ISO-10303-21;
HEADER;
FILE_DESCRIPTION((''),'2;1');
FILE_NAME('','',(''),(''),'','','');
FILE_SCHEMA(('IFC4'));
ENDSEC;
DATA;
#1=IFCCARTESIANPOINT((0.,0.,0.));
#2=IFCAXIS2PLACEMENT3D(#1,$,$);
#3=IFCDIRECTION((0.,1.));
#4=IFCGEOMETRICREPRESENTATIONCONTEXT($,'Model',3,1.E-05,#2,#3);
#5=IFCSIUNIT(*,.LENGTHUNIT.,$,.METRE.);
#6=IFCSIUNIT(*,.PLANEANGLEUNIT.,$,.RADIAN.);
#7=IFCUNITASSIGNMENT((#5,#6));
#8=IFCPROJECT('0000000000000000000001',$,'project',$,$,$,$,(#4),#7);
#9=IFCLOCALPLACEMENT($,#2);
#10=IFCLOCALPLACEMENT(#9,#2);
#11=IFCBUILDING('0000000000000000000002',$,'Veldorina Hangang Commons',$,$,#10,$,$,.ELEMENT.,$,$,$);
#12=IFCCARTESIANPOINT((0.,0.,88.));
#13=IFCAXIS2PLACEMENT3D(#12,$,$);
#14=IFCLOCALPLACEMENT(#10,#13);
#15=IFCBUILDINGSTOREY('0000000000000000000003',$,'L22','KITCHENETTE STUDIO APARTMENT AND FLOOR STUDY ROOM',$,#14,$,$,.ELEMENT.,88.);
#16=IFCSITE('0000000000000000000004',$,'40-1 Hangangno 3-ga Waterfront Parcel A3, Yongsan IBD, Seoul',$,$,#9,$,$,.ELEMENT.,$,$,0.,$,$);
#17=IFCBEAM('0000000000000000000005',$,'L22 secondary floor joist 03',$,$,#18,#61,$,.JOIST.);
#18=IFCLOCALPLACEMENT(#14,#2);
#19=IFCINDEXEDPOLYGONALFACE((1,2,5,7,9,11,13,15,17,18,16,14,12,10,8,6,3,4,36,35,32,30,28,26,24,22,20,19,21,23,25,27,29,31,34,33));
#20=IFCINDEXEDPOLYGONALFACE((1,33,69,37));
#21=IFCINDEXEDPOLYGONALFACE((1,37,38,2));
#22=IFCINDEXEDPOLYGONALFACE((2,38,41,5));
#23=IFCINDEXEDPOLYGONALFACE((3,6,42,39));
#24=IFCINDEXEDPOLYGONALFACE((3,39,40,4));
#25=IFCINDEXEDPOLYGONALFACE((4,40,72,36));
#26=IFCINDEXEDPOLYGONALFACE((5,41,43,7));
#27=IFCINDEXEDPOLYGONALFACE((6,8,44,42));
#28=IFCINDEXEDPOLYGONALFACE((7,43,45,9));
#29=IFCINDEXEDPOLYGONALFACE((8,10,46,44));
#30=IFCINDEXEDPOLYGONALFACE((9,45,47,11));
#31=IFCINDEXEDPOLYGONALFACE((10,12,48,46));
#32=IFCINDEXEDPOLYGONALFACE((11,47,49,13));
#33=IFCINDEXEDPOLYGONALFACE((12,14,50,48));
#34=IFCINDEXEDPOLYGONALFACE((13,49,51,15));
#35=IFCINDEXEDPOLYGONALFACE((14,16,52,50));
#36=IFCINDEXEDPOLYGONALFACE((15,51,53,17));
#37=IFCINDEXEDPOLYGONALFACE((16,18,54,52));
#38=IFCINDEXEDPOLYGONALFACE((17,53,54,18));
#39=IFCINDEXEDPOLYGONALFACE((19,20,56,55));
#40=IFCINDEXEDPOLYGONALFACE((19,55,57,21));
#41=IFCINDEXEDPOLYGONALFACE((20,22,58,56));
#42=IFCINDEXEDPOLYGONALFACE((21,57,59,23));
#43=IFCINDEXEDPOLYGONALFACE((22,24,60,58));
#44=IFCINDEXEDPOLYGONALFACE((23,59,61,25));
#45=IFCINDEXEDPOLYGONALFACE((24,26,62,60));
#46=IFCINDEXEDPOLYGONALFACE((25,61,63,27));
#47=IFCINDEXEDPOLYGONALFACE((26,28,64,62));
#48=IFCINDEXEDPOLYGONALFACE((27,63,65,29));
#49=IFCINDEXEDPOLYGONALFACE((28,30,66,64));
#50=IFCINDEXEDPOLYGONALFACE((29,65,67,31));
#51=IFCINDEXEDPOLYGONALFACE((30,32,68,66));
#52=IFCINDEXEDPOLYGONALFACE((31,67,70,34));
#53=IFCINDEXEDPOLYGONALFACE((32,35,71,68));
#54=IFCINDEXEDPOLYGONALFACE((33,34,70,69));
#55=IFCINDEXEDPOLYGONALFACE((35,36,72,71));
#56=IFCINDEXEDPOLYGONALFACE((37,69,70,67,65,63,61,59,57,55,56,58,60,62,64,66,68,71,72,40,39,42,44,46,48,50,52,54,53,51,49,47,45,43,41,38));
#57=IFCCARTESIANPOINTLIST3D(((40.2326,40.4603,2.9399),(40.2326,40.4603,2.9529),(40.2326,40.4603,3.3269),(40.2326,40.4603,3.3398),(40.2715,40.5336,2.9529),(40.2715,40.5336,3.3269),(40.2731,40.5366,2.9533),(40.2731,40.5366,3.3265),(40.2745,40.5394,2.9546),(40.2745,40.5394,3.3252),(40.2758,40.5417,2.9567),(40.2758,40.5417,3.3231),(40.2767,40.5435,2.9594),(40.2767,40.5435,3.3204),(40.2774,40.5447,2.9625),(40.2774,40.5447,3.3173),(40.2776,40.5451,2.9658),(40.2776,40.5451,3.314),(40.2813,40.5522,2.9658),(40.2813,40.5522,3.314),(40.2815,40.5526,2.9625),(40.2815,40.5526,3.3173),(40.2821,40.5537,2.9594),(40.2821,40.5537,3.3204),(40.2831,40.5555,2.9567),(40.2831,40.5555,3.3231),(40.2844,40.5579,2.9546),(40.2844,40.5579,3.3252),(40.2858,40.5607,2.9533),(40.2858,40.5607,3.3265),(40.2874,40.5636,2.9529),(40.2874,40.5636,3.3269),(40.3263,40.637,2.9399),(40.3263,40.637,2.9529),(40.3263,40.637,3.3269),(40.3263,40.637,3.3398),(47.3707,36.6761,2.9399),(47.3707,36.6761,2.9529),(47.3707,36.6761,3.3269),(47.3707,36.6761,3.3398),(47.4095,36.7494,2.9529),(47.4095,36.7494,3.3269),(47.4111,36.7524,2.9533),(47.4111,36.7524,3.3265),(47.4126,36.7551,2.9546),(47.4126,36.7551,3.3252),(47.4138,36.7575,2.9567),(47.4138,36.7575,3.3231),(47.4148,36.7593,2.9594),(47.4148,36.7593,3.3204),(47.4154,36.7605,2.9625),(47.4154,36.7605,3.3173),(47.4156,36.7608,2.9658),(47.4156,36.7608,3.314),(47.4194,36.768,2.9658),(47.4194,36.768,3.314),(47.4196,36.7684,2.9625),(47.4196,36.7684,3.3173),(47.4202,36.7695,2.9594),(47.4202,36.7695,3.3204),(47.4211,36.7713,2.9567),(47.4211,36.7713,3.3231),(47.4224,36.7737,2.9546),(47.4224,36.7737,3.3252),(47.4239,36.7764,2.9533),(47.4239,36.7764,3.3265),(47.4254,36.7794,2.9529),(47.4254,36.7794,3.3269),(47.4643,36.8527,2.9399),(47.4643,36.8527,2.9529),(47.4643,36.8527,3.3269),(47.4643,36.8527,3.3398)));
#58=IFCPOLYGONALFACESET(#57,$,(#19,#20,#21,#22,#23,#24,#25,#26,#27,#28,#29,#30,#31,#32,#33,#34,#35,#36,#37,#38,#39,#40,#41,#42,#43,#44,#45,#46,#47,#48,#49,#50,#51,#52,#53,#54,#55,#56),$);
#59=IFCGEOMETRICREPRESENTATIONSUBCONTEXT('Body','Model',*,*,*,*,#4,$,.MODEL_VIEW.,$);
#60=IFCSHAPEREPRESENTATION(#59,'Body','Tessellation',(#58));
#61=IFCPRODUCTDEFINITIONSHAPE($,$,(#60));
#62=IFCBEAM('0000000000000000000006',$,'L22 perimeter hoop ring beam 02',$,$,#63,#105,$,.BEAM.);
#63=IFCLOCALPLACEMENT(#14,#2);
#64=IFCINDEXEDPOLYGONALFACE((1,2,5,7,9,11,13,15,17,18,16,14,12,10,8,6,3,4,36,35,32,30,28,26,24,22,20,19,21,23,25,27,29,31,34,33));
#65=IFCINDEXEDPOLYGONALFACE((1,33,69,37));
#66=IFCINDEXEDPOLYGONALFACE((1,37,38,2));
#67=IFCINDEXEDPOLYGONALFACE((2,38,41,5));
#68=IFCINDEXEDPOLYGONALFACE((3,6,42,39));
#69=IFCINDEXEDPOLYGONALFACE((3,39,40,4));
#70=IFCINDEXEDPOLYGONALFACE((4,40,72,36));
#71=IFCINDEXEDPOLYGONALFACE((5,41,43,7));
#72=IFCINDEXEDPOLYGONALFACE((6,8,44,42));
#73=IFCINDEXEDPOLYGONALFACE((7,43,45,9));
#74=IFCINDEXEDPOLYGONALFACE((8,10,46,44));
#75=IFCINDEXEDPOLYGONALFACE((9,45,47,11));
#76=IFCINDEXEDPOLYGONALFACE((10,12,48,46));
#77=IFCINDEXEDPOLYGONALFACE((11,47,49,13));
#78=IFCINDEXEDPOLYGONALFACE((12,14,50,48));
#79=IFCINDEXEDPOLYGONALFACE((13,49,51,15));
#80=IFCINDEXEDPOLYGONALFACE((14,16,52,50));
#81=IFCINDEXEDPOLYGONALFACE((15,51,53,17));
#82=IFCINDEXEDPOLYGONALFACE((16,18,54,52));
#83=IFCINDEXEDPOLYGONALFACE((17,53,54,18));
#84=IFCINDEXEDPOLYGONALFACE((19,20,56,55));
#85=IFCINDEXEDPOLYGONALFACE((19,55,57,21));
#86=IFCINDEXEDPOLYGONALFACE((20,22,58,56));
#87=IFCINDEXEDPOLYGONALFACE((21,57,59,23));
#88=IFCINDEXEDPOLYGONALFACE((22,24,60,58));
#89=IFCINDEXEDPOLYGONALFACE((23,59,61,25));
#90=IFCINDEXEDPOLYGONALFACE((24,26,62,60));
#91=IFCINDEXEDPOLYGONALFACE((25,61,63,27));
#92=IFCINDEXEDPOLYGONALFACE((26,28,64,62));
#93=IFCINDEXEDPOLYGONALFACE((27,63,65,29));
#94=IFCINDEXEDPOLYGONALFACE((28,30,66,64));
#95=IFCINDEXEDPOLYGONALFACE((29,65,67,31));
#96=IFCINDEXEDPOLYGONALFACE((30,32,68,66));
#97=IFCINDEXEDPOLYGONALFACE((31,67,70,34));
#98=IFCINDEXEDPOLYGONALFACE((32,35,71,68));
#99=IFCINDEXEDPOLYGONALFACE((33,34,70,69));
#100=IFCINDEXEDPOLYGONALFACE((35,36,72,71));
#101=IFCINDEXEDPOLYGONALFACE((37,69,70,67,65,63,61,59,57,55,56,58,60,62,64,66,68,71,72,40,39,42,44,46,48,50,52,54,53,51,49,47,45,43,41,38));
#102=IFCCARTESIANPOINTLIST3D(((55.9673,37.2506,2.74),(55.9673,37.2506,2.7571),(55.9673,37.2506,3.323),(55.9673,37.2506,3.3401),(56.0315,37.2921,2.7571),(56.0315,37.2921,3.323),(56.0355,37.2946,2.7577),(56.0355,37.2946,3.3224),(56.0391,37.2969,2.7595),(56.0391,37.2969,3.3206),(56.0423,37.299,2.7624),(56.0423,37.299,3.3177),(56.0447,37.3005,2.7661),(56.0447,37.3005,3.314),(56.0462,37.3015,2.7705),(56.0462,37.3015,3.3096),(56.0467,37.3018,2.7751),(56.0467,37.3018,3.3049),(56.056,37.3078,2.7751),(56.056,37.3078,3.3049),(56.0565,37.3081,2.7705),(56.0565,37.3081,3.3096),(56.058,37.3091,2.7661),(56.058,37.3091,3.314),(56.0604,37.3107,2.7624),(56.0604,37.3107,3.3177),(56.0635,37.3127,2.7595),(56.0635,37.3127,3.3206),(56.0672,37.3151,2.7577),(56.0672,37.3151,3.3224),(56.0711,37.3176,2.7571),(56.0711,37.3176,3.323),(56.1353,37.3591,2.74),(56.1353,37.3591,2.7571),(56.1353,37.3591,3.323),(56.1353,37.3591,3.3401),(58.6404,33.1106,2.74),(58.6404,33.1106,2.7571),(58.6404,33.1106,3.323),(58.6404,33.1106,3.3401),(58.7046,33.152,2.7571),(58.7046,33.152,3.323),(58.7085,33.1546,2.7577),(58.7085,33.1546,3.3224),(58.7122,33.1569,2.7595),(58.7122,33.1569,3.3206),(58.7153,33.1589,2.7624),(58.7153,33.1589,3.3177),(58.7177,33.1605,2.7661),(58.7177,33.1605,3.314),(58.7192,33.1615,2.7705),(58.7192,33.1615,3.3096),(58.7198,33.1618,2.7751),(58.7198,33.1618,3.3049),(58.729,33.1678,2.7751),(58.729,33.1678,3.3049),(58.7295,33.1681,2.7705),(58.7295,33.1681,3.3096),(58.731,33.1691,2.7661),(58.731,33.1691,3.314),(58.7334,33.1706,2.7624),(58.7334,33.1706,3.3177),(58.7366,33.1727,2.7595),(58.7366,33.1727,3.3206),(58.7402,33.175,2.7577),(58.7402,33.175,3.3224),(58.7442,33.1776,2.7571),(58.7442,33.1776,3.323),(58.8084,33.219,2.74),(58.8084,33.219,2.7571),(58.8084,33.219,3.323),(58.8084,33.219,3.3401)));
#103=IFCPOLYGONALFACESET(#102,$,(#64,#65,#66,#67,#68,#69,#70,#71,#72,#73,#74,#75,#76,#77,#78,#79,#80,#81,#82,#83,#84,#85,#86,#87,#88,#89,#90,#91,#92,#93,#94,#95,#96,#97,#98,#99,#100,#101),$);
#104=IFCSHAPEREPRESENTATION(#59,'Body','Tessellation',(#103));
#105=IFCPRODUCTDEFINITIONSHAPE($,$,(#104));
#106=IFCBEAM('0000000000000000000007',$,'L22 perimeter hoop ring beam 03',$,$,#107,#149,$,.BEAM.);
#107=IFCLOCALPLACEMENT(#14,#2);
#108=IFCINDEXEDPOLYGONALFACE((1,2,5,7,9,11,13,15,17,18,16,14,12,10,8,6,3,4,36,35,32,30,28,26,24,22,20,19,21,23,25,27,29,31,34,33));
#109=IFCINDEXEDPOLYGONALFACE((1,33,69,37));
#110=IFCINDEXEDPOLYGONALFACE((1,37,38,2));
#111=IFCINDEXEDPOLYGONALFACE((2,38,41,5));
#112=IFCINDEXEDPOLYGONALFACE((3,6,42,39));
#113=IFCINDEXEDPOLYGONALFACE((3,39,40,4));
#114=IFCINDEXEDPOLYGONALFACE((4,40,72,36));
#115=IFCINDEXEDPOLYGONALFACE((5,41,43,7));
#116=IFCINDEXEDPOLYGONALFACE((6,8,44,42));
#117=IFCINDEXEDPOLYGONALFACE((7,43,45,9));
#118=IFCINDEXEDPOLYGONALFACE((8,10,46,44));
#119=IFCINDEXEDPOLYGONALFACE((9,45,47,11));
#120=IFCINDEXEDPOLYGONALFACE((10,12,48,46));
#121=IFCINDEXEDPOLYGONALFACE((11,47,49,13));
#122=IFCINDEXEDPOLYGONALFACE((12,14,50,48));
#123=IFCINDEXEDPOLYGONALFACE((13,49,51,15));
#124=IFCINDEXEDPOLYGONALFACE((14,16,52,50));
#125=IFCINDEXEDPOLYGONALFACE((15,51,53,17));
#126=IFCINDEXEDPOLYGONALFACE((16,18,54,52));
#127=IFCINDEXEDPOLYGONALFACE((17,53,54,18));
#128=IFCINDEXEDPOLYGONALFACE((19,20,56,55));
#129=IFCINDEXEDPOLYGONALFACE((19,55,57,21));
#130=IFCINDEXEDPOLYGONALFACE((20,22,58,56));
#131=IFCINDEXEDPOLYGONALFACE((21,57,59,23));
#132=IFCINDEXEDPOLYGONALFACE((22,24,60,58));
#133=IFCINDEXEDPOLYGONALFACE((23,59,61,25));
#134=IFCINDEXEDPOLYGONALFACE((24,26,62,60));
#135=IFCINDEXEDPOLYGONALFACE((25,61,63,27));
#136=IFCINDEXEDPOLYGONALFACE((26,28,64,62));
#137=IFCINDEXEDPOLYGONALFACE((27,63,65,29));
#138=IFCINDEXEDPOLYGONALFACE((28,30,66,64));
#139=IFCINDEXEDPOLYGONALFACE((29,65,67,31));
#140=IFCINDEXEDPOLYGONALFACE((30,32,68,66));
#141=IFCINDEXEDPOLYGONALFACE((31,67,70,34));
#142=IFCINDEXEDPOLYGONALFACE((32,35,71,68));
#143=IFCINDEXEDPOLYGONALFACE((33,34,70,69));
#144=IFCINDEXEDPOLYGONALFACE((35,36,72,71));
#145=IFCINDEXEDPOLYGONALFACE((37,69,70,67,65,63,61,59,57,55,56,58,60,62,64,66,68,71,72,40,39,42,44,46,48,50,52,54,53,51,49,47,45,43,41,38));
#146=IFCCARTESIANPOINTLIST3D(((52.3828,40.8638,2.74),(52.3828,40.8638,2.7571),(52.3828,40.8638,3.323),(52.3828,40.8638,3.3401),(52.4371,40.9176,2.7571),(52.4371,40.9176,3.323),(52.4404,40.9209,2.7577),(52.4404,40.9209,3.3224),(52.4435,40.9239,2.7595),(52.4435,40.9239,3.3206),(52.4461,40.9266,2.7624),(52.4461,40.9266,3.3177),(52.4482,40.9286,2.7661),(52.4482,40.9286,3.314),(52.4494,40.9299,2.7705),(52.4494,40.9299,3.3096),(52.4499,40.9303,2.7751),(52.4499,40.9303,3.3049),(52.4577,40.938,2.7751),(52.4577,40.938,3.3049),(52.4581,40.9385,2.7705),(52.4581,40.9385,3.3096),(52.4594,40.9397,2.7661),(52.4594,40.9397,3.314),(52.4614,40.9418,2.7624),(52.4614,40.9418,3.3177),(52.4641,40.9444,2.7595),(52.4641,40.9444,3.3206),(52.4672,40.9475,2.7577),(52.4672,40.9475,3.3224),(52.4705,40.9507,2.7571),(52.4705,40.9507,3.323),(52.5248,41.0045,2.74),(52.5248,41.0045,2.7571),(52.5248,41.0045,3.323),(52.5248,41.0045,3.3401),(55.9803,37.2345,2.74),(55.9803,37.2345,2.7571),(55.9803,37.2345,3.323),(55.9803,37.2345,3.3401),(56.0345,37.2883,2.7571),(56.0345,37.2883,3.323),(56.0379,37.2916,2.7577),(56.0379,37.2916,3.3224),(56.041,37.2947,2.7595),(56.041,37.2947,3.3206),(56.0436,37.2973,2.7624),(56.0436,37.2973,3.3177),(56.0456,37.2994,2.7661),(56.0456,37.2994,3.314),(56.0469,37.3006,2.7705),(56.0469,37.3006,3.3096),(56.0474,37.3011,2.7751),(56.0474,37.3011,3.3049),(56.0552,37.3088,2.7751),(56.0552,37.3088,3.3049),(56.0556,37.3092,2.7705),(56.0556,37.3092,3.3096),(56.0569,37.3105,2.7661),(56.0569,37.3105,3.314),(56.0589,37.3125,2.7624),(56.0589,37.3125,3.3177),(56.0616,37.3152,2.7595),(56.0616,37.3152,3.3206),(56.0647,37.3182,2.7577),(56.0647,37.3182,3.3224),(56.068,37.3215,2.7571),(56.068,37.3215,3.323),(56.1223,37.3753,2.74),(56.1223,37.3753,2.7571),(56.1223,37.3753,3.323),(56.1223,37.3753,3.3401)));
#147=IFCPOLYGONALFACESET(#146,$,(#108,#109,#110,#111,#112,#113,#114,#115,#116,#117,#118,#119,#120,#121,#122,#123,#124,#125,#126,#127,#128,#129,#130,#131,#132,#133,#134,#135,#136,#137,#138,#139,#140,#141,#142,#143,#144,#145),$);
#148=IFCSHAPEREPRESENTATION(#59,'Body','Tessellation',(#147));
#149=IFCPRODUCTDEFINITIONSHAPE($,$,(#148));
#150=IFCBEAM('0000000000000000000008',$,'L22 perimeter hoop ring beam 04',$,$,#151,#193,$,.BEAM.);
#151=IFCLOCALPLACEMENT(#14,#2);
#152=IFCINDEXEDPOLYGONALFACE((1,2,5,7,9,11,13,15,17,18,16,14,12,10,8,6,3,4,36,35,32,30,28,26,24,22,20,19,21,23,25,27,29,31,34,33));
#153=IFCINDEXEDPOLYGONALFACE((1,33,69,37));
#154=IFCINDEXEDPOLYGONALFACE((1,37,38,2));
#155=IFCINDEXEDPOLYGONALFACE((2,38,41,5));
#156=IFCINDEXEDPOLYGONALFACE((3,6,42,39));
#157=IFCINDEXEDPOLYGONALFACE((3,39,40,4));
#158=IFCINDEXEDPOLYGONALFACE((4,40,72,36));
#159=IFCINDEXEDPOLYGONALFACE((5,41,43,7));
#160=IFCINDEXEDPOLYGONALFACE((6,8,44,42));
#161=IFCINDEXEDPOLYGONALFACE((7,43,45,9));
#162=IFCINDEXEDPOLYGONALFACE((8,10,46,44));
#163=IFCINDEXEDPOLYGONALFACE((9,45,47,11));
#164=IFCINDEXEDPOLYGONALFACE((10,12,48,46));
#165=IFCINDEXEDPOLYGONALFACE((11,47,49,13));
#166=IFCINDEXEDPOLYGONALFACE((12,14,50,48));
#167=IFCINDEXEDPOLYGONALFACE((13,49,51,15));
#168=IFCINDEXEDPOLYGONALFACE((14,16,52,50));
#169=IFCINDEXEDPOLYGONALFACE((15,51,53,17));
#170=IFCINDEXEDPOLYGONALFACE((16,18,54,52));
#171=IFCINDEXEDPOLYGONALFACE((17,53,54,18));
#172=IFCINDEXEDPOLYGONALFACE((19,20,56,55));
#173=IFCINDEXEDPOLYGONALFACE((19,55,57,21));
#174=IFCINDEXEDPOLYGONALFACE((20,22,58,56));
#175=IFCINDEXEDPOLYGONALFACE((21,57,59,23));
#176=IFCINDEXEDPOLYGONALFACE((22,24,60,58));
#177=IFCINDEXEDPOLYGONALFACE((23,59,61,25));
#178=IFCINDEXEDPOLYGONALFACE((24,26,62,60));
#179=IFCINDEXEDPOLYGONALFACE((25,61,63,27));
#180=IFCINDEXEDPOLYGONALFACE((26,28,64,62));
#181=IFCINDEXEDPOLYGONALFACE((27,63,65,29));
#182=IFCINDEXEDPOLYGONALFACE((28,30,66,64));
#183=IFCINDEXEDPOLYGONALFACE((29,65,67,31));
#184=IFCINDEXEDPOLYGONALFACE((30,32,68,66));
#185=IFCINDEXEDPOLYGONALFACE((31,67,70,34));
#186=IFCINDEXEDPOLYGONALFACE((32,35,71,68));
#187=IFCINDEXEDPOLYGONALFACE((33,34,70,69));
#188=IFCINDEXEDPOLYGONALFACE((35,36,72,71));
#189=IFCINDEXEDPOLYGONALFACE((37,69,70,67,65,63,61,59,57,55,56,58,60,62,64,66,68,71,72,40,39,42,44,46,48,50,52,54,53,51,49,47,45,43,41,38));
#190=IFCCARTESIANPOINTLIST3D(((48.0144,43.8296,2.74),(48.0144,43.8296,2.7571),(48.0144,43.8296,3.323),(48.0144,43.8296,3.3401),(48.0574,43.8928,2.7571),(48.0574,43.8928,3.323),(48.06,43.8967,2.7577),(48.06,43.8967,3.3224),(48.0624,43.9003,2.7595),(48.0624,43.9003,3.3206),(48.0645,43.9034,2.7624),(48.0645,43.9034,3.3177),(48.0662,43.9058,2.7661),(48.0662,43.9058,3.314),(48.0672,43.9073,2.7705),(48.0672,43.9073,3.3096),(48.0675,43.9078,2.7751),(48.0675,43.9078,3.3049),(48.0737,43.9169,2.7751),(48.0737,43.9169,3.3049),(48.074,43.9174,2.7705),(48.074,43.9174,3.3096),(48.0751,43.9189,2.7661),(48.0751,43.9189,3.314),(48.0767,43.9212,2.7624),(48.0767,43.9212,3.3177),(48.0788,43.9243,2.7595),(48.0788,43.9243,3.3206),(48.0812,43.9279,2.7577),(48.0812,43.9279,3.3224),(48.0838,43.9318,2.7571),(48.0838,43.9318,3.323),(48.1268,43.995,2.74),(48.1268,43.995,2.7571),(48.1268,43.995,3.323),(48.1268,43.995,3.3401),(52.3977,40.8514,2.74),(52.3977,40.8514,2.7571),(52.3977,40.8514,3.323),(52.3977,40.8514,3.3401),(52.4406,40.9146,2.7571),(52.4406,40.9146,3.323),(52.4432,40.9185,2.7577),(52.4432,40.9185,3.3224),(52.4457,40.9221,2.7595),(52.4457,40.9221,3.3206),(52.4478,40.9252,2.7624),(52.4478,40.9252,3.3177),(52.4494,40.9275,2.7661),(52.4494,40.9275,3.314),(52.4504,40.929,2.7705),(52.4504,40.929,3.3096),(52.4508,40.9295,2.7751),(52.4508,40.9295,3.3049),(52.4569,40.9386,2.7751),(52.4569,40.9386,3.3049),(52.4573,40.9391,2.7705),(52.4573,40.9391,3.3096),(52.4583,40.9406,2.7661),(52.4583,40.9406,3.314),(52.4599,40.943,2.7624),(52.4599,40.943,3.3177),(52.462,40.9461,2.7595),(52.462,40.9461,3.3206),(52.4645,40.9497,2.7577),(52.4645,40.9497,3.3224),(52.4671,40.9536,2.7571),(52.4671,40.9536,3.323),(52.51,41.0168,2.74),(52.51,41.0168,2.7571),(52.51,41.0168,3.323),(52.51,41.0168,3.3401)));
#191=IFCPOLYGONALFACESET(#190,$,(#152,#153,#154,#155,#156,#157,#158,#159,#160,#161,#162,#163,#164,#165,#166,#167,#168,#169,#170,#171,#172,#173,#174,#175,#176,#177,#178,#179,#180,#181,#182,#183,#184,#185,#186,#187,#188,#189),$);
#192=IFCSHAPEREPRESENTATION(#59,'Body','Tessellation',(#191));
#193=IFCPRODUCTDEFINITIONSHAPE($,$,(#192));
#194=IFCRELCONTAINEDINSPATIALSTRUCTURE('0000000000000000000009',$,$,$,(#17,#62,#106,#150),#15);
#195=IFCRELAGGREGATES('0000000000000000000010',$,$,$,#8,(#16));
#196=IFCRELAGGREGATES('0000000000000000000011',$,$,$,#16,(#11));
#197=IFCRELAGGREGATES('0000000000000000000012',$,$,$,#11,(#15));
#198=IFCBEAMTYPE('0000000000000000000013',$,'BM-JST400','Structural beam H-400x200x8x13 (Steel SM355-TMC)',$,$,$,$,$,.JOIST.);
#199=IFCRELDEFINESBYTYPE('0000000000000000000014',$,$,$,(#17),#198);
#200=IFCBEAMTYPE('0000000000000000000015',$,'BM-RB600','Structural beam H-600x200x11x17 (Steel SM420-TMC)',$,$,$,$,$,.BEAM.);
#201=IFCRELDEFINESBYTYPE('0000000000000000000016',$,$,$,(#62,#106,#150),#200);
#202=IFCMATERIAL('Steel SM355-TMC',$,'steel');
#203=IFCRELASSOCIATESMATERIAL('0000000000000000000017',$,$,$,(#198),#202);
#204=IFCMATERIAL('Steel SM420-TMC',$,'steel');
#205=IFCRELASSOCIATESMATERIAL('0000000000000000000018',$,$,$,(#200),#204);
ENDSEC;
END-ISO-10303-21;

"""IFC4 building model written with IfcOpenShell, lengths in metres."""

from ifc_helpers import new_model, si_unit, direction, frame, origin, origin_2d, place, context, subcontext, project, spatial, i_section, extrude, material, material_profile, profile_set, type_object, element, save


model = new_model("IFC4")

# Units and contexts
model_context = context("Model", 3, precision=1e-05, world=origin(), true_north=direction((0.0, 1.0)))
body_context = subcontext(model_context, "Body", "Model", "MODEL_VIEW")
ifc_project = project(units=[si_unit("LENGTHUNIT", "METRE"), si_unit("PLANEANGLEUNIT", "RADIAN")], contexts=[model_context])

# Site, building, storey
site_placement = place(None, origin())
site = spatial("IfcSite", under=ifc_project, at=site_placement, Name="40-1 Hangangno 3-ga Waterfront Parcel A3, Yongsan IBD, Seoul", CompositionType="ELEMENT", RefElevation=0.0)
building_placement = place(site_placement, origin())
building = spatial("IfcBuilding", under=site, at=building_placement, Name="Veldorina Hangang Commons", CompositionType="ELEMENT")
storey_placement = place(building_placement, frame((0.0, 0.0, 88.0)))
storey = spatial("IfcBuildingStorey", under=building, at=storey_placement, Name="L22", Description="KITCHENETTE STUDIO APARTMENT AND FLOOR STUDY ROOM", CompositionType="ELEMENT", Elevation=88.0)

# Beams
ifc_material_1 = material(Name="Steel SM355-TMC", Category="steel")
ifc_material_profile_1 = material_profile(ifc_material_1, i_section(OverallWidth=0.2, OverallDepth=0.3999, WebThickness=0.0081, FlangeThickness=0.0129, FilletRadius=0.0129, at=origin_2d()), Name="H-400x200x8x13")
ifc_profile_set_1 = profile_set([ifc_material_profile_1], Name="Steel SM355-TMC")
beam_type_1 = type_object("IfcBeamType", Name="BM-JST400", Description="Structural beam H-400x200x8x13 (Steel SM355-TMC)", PredefinedType="JOIST", material=ifc_profile_set_1)
beam_1_placement = place(storey_placement, frame((47.4175, 36.7644, 3.1399), z_axis=(-0.883518, 0.468397, 0.0), x_axis=(-0.468397, -0.883518, 0.0)))
element("IfcBeam", 1, at=beam_1_placement, inside=storey, type_object=beam_type_1, Name="L22 secondary floor joist 03", PredefinedType="JOIST", context=body_context, shape_type="SweptSolid", body=[
    extrude(i_section(OverallWidth=0.2, OverallDepth=0.3999, WebThickness=0.0081, FlangeThickness=0.0129, FilletRadius=0.0129, at=origin_2d()), origin(), (0.0, 0.0, 1.0), 8.0791),
])
ifc_material_2 = material(Name="Steel SM420-TMC", Category="steel")
ifc_material_profile_2 = material_profile(ifc_material_2, i_section(OverallWidth=0.2, OverallDepth=0.6001, WebThickness=0.011, FlangeThickness=0.0171, FilletRadius=0.0181, at=origin_2d()), Name="H-600x200x11x17")
ifc_profile_set_2 = profile_set([ifc_material_profile_2], Name="Steel SM420-TMC")
beam_type_2 = type_object("IfcBeamType", Name="BM-RB600", Description="Structural beam H-600x200x11x17 (Steel SM420-TMC)", PredefinedType="BEAM", material=ifc_profile_set_2)
beam_2_placement = place(storey_placement, frame((58.7244, 33.1648, 3.04), z_axis=(-0.542419, 0.840108, 0.0), x_axis=(-0.840108, -0.542419, 0.0)))
element("IfcBeam", 2, at=beam_2_placement, inside=storey, type_object=beam_type_2, Name="L22 perimeter hoop ring beam 02", PredefinedType="BEAM", context=body_context, shape_type="SweptSolid", body=[
    extrude(i_section(OverallWidth=0.2, OverallDepth=0.6001, WebThickness=0.011, FlangeThickness=0.0171, FilletRadius=0.0181, at=origin_2d()), origin(), (0.0, 0.0, 1.0), 4.928),
])
beam_3_placement = place(storey_placement, frame((56.0513, 37.3049, 3.04), z_axis=(-0.703994, 0.710205, 0.0), x_axis=(-0.710205, -0.703994, 0.0)))
element("IfcBeam", 3, at=beam_3_placement, inside=storey, type_object=beam_type_2, Name="L22 perimeter hoop ring beam 03", PredefinedType="BEAM", context=body_context, shape_type="SweptSolid", body=[
    extrude(i_section(OverallWidth=0.2, OverallDepth=0.6001, WebThickness=0.011, FlangeThickness=0.0171, FilletRadius=0.0181, at=origin_2d()), origin(), (0.0, 0.0, 1.0), 5.1101),
])
beam_4_placement = place(storey_placement, frame((52.4539, 40.9341, 3.04), z_axis=(-0.827135, 0.562004, 0.0), x_axis=(-0.562004, -0.827135, 0.0)))
element("IfcBeam", 4, at=beam_4_placement, inside=storey, type_object=beam_type_2, Name="L22 perimeter hoop ring beam 04", PredefinedType="BEAM", context=body_context, shape_type="SweptSolid", body=[
    extrude(i_section(OverallWidth=0.2, OverallDepth=0.6001, WebThickness=0.011, FlangeThickness=0.0171, FilletRadius=0.0181, at=origin_2d()), origin(), (0.0, 0.0, 1.0), 5.2993),
])

save(model, "model.ifc")
